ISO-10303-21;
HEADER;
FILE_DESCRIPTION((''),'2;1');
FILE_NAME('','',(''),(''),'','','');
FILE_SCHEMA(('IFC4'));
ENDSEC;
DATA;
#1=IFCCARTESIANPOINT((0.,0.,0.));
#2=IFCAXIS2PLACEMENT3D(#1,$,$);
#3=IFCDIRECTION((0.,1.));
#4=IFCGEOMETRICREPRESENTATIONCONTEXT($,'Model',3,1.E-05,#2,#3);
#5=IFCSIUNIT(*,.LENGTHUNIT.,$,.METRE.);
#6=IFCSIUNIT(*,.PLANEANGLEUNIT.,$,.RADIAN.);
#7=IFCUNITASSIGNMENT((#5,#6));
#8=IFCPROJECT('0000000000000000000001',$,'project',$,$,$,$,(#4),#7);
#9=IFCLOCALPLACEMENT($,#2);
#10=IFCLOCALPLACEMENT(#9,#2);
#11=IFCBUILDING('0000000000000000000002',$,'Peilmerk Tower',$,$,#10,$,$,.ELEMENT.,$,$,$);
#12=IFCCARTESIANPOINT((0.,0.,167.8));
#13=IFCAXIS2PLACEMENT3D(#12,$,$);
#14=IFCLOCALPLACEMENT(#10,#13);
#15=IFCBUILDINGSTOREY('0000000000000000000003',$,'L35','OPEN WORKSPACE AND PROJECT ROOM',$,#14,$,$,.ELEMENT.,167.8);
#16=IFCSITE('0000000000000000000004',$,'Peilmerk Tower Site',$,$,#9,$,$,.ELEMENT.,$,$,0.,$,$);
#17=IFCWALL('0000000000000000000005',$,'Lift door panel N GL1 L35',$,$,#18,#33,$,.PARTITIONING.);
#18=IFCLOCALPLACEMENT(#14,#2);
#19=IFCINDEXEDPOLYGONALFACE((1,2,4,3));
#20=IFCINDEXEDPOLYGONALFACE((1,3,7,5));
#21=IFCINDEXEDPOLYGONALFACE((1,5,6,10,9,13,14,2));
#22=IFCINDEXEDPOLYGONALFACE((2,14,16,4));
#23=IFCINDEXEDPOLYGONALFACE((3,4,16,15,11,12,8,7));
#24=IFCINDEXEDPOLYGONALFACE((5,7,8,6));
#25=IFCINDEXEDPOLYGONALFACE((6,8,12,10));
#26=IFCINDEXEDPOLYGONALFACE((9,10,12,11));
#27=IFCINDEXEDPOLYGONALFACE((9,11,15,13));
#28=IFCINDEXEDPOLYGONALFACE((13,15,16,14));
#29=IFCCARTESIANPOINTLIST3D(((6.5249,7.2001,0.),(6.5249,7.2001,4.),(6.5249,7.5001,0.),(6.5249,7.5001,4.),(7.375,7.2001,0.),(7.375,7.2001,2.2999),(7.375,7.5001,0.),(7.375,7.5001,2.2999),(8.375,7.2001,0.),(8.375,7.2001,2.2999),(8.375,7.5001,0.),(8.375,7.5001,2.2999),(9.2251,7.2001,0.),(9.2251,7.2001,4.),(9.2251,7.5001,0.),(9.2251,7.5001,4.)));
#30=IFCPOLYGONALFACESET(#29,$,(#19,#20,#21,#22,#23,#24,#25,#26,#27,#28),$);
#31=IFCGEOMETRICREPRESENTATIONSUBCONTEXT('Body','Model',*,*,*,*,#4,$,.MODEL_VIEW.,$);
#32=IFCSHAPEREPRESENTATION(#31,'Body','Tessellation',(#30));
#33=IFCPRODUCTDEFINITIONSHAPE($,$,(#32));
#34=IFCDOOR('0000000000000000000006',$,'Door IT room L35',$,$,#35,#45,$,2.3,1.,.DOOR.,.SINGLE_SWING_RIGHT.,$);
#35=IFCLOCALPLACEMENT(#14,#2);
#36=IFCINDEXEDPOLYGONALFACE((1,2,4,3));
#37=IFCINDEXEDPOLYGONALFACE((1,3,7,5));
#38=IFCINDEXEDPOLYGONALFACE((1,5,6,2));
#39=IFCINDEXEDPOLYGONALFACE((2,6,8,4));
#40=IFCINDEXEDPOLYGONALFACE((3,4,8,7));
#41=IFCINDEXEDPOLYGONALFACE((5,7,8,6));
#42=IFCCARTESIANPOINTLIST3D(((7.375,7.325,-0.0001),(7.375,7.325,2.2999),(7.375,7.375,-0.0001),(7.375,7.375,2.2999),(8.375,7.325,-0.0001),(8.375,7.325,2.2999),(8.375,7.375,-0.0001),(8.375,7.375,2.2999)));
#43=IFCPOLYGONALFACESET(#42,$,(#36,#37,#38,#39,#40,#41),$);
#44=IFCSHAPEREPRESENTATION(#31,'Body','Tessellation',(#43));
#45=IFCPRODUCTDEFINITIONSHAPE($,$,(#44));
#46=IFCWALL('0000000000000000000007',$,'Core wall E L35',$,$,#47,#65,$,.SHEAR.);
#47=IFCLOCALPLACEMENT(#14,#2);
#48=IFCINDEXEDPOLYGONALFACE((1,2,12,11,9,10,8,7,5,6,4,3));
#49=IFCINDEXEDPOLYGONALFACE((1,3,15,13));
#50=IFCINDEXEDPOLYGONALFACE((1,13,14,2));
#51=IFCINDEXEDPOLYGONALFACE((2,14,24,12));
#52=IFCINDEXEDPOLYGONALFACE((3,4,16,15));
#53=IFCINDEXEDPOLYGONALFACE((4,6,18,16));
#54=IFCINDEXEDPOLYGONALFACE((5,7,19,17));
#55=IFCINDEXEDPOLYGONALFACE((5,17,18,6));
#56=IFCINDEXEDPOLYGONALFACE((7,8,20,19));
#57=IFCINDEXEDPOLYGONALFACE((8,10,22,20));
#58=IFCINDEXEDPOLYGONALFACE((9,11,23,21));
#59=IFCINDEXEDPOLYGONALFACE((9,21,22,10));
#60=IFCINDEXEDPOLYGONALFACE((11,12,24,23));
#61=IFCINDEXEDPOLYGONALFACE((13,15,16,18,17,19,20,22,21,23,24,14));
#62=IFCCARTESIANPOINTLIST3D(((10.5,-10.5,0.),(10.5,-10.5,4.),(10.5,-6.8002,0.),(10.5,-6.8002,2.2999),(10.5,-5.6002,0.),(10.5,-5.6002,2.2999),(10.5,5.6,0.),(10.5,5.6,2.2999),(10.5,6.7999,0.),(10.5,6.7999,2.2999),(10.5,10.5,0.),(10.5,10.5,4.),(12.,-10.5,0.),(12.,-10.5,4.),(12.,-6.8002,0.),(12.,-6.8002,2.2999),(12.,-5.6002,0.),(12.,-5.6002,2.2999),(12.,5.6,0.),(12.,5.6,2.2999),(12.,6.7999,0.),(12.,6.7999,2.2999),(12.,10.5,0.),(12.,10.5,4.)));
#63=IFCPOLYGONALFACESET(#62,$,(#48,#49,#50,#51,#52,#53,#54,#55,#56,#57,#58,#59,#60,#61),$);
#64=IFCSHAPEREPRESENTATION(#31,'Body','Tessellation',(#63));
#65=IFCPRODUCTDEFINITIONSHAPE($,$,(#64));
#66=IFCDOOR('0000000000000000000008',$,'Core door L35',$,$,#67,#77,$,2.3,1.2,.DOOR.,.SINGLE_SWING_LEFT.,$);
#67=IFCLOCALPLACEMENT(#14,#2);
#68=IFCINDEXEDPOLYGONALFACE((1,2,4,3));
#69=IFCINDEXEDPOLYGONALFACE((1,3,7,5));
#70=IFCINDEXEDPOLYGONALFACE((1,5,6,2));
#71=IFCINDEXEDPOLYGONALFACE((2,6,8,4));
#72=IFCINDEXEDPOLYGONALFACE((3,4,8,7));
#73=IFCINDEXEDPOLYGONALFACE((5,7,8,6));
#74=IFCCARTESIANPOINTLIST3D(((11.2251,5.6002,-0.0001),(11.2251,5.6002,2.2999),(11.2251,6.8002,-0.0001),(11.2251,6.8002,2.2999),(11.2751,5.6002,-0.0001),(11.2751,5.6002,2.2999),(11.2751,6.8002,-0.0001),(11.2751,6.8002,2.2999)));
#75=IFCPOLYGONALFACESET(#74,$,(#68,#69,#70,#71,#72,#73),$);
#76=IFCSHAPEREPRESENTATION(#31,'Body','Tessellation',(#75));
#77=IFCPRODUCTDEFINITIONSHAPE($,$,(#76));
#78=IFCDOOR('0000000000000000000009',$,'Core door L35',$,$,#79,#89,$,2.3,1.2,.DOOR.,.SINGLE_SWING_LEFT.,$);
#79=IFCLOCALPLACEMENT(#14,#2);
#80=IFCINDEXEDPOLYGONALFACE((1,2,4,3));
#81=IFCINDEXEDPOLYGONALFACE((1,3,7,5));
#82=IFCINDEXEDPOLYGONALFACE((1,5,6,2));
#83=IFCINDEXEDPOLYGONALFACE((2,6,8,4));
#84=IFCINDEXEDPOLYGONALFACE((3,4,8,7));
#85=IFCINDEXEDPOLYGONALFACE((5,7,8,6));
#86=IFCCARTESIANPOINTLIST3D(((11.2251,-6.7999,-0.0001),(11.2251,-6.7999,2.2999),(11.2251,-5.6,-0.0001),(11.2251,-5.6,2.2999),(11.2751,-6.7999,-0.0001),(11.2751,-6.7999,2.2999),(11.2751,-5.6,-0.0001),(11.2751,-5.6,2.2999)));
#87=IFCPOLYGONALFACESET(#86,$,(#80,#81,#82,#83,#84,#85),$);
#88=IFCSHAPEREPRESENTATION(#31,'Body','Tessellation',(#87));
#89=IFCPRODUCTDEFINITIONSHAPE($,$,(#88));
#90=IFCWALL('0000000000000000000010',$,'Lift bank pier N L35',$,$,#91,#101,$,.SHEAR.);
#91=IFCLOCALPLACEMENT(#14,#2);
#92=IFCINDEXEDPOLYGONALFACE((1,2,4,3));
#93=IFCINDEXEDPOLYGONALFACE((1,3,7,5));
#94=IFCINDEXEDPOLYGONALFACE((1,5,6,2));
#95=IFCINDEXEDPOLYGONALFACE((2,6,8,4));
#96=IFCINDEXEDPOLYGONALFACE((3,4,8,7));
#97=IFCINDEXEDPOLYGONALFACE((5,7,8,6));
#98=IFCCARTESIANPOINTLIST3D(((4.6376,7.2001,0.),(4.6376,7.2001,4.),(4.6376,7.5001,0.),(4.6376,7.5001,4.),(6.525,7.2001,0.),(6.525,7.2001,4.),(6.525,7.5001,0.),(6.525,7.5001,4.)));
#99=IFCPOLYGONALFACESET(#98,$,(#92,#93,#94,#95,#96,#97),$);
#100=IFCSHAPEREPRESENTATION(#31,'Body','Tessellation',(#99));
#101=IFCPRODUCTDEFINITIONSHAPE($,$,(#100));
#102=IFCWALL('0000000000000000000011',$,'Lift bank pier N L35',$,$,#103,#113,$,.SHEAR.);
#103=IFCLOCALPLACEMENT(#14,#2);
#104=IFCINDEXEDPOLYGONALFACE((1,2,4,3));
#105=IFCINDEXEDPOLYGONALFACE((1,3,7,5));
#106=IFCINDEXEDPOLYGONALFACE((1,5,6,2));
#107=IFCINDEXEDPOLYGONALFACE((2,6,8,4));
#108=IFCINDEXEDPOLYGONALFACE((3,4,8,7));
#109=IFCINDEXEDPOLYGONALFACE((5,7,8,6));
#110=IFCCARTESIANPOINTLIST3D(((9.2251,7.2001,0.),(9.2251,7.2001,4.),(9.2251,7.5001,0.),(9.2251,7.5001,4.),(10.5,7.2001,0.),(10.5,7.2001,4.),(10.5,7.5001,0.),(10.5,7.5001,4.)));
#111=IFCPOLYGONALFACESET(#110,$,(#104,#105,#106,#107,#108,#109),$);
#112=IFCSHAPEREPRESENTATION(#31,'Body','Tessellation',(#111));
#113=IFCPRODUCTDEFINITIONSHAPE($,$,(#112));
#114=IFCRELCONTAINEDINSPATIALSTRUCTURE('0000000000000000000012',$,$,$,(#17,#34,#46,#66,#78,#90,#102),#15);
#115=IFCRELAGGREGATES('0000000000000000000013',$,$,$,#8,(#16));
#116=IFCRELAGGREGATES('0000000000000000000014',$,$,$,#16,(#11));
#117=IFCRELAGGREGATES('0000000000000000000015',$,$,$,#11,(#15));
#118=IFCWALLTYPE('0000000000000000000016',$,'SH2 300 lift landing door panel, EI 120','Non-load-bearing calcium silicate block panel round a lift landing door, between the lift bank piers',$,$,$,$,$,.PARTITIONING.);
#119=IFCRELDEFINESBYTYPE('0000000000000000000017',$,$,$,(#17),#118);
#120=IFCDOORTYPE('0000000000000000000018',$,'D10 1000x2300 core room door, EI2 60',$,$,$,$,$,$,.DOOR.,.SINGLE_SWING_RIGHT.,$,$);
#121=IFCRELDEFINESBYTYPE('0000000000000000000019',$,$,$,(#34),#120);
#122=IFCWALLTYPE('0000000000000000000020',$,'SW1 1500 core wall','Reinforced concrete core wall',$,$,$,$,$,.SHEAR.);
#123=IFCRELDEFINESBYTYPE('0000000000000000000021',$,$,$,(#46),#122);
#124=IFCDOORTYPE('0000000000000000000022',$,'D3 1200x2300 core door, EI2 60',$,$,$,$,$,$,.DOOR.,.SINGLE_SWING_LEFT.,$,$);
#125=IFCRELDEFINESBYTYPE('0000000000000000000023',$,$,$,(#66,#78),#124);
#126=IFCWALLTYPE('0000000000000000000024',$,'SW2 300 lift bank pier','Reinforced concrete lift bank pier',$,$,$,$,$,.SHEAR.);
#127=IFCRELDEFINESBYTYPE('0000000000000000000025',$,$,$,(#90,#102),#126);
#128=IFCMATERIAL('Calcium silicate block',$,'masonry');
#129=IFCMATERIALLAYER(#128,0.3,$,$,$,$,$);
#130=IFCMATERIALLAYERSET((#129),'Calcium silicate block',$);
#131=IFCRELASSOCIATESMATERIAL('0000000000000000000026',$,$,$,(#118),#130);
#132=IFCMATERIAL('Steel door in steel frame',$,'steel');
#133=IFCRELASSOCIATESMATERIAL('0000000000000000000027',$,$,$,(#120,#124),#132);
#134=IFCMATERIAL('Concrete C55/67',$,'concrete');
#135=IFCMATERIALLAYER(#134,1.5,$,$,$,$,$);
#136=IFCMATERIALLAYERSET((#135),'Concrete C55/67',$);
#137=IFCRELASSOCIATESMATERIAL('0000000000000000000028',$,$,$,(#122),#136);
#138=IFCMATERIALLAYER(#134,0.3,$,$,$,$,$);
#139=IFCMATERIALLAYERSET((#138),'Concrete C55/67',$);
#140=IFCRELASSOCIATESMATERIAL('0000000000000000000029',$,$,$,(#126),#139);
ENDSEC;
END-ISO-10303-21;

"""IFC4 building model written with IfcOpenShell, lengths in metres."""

from ifc_helpers import new_model, si_unit, direction, frame, frame_2d, origin, place, context, subcontext, project, spatial, rectangle, extrude, material, layer, layer_set, type_object, element, fill, save


model = new_model("IFC4")

# Units and contexts
model_context = context("Model", 3, precision=1e-05, world=origin(), true_north=direction((0.0, 1.0)))
body_context = subcontext(model_context, "Body", "Model", "MODEL_VIEW")
ifc_project = project(units=[si_unit("LENGTHUNIT", "METRE"), si_unit("PLANEANGLEUNIT", "RADIAN")], contexts=[model_context])

# Site, building, storey
site_placement = place(None, origin())
site = spatial("IfcSite", under=ifc_project, at=site_placement, Name="Peilmerk Tower Site", CompositionType="ELEMENT", RefElevation=0.0)
building_placement = place(site_placement, origin())
building = spatial("IfcBuilding", under=site, at=building_placement, Name="Peilmerk Tower", CompositionType="ELEMENT")
storey_placement = place(building_placement, frame((0.0, 0.0, 167.8)))
storey = spatial("IfcBuildingStorey", under=building, at=storey_placement, Name="L35", Description="OPEN WORKSPACE AND PROJECT ROOM", CompositionType="ELEMENT", Elevation=167.8)

# Shared definitions
ifc_material_1 = material(Name="Calcium silicate block", Category="masonry")

# Wall, opening, door
ifc_layer_1 = layer(ifc_material_1, 0.3)
ifc_layer_set_1 = layer_set([ifc_layer_1], Name="Calcium silicate block")
wall_type_1 = type_object("IfcWallType", Name="SH2 300 lift landing door panel, EI 120", Description="Non-load-bearing calcium silicate block panel round a lift landing door, between the lift bank piers", PredefinedType="PARTITIONING", material=ifc_layer_set_1)
wall_1_placement = place(storey_placement, frame((6.5249, 7.3501, 0.0), z_axis=(0.0, 0.0, 1.0), x_axis=(1.0, 0.0, 0.0)))
wall_1 = element("IfcWall", 1, at=wall_1_placement, inside=storey, type_object=wall_type_1, Name="Lift door panel N GL1 L35", PredefinedType="PARTITIONING", context=body_context, shape_type="SweptSolid", body=[
    extrude(rectangle(XDim=2.7002, YDim=0.3, at=frame_2d((1.3501, 0.0))), origin(), (0.0, 0.0, 1.0), 4.0),
])
opening_1_placement = place(wall_1_placement, frame((0.8501, 0.0, 0.0)))
opening_1 = element("IfcOpeningElement", 2, at=opening_1_placement, cuts=wall_1, PredefinedType="OPENING", context=body_context, shape_type="SweptSolid", body=[
    extrude(rectangle(XDim=1.0, YDim=2.3, at=frame_2d((0.5, 1.1499))), frame((0.0, 0.1599, 0.0), z_axis=(0.0, -1.0, 0.0), x_axis=(1.0, 0.0, 0.0)), (0.0, 0.0, 1.0), 0.3201),
])
ifc_material_2 = material(Name="Steel door in steel frame", Category="steel")
door_type_1 = type_object("IfcDoorType", Name="D10 1000x2300 core room door, EI2 60", OperationType="SINGLE_SWING_RIGHT", PredefinedType="DOOR", material=ifc_material_2)
door_1_placement = place(opening_1_placement, origin())
door_1 = element("IfcDoor", 3, at=door_1_placement, inside=storey, type_object=door_type_1, Name="Door IT room L35", OperationType="SINGLE_SWING_RIGHT", OverallHeight=2.3, OverallWidth=1.0, PredefinedType="DOOR", context=body_context, shape_type="SweptSolid", body=[
    extrude(rectangle(XDim=1.0, YDim=2.3, at=frame_2d((0.5, 1.1499))), frame((0.0, 0.0249, 0.0), z_axis=(0.0, -1.0, 0.0), x_axis=(1.0, 0.0, 0.0)), (0.0, 0.0, 1.0), 0.05),
])
fill(opening_1, door_1)

# Wall, openings, doors
ifc_material_3 = material(Name="Concrete C55/67", Category="concrete")
ifc_layer_2 = layer(ifc_material_3, 1.5)
ifc_layer_set_2 = layer_set([ifc_layer_2], Name="Concrete C55/67")
wall_type_2 = type_object("IfcWallType", Name="SW1 1500 core wall", Description="Reinforced concrete core wall", PredefinedType="SHEAR", material=ifc_layer_set_2)
wall_2_placement = place(storey_placement, frame((11.25, 10.5, 0.0), z_axis=(0.0, 0.0, 1.0), x_axis=(0.0, -1.0, 0.0)))
wall_2 = element("IfcWall", 4, at=wall_2_placement, inside=storey, type_object=wall_type_2, Name="Core wall E L35", PredefinedType="SHEAR", context=body_context, shape_type="SweptSolid", body=[
    extrude(rectangle(XDim=21.0, YDim=1.5, at=frame_2d((10.5, 0.0))), origin(), (0.0, 0.0, 1.0), 4.0),
])
opening_2_placement = place(wall_2_placement, frame((3.7, 0.0, 0.0)))
opening_2 = element("IfcOpeningElement", 5, at=opening_2_placement, cuts=wall_2, PredefinedType="OPENING", context=body_context, shape_type="SweptSolid", body=[
    extrude(rectangle(XDim=1.2, YDim=2.3, at=frame_2d((0.6001, 1.1499))), frame((0.0, 0.76, 0.0), z_axis=(0.0, -1.0, 0.0), x_axis=(1.0, 0.0, 0.0)), (0.0, 0.0, 1.0), 1.52),
])
opening_3_placement = place(wall_2_placement, frame((16.1001, 0.0, 0.0)))
opening_3 = element("IfcOpeningElement", 6, at=opening_3_placement, cuts=wall_2, PredefinedType="OPENING", context=body_context, shape_type="SweptSolid", body=[
    extrude(rectangle(XDim=1.2, YDim=2.3, at=frame_2d((0.6001, 1.1499))), frame((0.0, 0.76, 0.0), z_axis=(0.0, -1.0, 0.0), x_axis=(1.0, 0.0, 0.0)), (0.0, 0.0, 1.0), 1.52),
])
door_type_2 = type_object("IfcDoorType", Name="D3 1200x2300 core door, EI2 60", OperationType="SINGLE_SWING_LEFT", PredefinedType="DOOR", material=ifc_material_2)
door_2_placement = place(opening_2_placement, frame((1.2, 0.0, 0.0), z_axis=(0.0, 0.0, 1.0), x_axis=(-1.0, 0.0, 0.0)))
door_2 = element("IfcDoor", 7, at=door_2_placement, inside=storey, type_object=door_type_2, Name="Core door L35", OperationType="SINGLE_SWING_LEFT", OverallHeight=2.3, OverallWidth=1.2, PredefinedType="DOOR", context=body_context, shape_type="SweptSolid", body=[
    extrude(rectangle(XDim=1.2, YDim=2.3, at=frame_2d((0.6001, 1.1499))), frame((0.0, 0.0249, 0.0), z_axis=(0.0, -1.0, 0.0), x_axis=(1.0, 0.0, 0.0)), (0.0, 0.0, 1.0), 0.05),
])
fill(opening_2, door_2)
door_3_placement = place(opening_3_placement, frame((1.2, 0.0, 0.0), z_axis=(0.0, 0.0, 1.0), x_axis=(-1.0, 0.0, 0.0)))
door_3 = element("IfcDoor", 8, at=door_3_placement, inside=storey, type_object=door_type_2, Name="Core door L35", OperationType="SINGLE_SWING_LEFT", OverallHeight=2.3, OverallWidth=1.2, PredefinedType="DOOR", context=body_context, shape_type="SweptSolid", body=[
    extrude(rectangle(XDim=1.2, YDim=2.3, at=frame_2d((0.6001, 1.1499))), frame((0.0, 0.0249, 0.0), z_axis=(0.0, -1.0, 0.0), x_axis=(1.0, 0.0, 0.0)), (0.0, 0.0, 1.0), 0.05),
])
fill(opening_3, door_3)

# Walls
ifc_layer_3 = layer(ifc_material_3, 0.3)
ifc_layer_set_3 = layer_set([ifc_layer_3], Name="Concrete C55/67")
wall_type_3 = type_object("IfcWallType", Name="SW2 300 lift bank pier", Description="Reinforced concrete lift bank pier", PredefinedType="SHEAR", material=ifc_layer_set_3)
wall_3_placement = place(storey_placement, frame((4.6375, 7.3501, 0.0), z_axis=(0.0, 0.0, 1.0), x_axis=(1.0, 0.0, 0.0)))
element("IfcWall", 9, at=wall_3_placement, inside=storey, type_object=wall_type_3, Name="Lift bank pier N L35", PredefinedType="SHEAR", context=body_context, shape_type="SweptSolid", body=[
    extrude(rectangle(XDim=1.8875, YDim=0.3, at=frame_2d((0.9438, 0.0))), origin(), (0.0, 0.0, 1.0), 4.0),
])
wall_4_placement = place(storey_placement, frame((9.2251, 7.3501, 0.0), z_axis=(0.0, 0.0, 1.0), x_axis=(1.0, 0.0, 0.0)))
element("IfcWall", 10, at=wall_4_placement, inside=storey, type_object=wall_type_3, Name="Lift bank pier N L35", PredefinedType="SHEAR", context=body_context, shape_type="SweptSolid", body=[
    extrude(rectangle(XDim=1.2749, YDim=0.3, at=frame_2d((0.6375, 0.0))), origin(), (0.0, 0.0, 1.0), 4.0),
])

save(model, "model.ifc")
